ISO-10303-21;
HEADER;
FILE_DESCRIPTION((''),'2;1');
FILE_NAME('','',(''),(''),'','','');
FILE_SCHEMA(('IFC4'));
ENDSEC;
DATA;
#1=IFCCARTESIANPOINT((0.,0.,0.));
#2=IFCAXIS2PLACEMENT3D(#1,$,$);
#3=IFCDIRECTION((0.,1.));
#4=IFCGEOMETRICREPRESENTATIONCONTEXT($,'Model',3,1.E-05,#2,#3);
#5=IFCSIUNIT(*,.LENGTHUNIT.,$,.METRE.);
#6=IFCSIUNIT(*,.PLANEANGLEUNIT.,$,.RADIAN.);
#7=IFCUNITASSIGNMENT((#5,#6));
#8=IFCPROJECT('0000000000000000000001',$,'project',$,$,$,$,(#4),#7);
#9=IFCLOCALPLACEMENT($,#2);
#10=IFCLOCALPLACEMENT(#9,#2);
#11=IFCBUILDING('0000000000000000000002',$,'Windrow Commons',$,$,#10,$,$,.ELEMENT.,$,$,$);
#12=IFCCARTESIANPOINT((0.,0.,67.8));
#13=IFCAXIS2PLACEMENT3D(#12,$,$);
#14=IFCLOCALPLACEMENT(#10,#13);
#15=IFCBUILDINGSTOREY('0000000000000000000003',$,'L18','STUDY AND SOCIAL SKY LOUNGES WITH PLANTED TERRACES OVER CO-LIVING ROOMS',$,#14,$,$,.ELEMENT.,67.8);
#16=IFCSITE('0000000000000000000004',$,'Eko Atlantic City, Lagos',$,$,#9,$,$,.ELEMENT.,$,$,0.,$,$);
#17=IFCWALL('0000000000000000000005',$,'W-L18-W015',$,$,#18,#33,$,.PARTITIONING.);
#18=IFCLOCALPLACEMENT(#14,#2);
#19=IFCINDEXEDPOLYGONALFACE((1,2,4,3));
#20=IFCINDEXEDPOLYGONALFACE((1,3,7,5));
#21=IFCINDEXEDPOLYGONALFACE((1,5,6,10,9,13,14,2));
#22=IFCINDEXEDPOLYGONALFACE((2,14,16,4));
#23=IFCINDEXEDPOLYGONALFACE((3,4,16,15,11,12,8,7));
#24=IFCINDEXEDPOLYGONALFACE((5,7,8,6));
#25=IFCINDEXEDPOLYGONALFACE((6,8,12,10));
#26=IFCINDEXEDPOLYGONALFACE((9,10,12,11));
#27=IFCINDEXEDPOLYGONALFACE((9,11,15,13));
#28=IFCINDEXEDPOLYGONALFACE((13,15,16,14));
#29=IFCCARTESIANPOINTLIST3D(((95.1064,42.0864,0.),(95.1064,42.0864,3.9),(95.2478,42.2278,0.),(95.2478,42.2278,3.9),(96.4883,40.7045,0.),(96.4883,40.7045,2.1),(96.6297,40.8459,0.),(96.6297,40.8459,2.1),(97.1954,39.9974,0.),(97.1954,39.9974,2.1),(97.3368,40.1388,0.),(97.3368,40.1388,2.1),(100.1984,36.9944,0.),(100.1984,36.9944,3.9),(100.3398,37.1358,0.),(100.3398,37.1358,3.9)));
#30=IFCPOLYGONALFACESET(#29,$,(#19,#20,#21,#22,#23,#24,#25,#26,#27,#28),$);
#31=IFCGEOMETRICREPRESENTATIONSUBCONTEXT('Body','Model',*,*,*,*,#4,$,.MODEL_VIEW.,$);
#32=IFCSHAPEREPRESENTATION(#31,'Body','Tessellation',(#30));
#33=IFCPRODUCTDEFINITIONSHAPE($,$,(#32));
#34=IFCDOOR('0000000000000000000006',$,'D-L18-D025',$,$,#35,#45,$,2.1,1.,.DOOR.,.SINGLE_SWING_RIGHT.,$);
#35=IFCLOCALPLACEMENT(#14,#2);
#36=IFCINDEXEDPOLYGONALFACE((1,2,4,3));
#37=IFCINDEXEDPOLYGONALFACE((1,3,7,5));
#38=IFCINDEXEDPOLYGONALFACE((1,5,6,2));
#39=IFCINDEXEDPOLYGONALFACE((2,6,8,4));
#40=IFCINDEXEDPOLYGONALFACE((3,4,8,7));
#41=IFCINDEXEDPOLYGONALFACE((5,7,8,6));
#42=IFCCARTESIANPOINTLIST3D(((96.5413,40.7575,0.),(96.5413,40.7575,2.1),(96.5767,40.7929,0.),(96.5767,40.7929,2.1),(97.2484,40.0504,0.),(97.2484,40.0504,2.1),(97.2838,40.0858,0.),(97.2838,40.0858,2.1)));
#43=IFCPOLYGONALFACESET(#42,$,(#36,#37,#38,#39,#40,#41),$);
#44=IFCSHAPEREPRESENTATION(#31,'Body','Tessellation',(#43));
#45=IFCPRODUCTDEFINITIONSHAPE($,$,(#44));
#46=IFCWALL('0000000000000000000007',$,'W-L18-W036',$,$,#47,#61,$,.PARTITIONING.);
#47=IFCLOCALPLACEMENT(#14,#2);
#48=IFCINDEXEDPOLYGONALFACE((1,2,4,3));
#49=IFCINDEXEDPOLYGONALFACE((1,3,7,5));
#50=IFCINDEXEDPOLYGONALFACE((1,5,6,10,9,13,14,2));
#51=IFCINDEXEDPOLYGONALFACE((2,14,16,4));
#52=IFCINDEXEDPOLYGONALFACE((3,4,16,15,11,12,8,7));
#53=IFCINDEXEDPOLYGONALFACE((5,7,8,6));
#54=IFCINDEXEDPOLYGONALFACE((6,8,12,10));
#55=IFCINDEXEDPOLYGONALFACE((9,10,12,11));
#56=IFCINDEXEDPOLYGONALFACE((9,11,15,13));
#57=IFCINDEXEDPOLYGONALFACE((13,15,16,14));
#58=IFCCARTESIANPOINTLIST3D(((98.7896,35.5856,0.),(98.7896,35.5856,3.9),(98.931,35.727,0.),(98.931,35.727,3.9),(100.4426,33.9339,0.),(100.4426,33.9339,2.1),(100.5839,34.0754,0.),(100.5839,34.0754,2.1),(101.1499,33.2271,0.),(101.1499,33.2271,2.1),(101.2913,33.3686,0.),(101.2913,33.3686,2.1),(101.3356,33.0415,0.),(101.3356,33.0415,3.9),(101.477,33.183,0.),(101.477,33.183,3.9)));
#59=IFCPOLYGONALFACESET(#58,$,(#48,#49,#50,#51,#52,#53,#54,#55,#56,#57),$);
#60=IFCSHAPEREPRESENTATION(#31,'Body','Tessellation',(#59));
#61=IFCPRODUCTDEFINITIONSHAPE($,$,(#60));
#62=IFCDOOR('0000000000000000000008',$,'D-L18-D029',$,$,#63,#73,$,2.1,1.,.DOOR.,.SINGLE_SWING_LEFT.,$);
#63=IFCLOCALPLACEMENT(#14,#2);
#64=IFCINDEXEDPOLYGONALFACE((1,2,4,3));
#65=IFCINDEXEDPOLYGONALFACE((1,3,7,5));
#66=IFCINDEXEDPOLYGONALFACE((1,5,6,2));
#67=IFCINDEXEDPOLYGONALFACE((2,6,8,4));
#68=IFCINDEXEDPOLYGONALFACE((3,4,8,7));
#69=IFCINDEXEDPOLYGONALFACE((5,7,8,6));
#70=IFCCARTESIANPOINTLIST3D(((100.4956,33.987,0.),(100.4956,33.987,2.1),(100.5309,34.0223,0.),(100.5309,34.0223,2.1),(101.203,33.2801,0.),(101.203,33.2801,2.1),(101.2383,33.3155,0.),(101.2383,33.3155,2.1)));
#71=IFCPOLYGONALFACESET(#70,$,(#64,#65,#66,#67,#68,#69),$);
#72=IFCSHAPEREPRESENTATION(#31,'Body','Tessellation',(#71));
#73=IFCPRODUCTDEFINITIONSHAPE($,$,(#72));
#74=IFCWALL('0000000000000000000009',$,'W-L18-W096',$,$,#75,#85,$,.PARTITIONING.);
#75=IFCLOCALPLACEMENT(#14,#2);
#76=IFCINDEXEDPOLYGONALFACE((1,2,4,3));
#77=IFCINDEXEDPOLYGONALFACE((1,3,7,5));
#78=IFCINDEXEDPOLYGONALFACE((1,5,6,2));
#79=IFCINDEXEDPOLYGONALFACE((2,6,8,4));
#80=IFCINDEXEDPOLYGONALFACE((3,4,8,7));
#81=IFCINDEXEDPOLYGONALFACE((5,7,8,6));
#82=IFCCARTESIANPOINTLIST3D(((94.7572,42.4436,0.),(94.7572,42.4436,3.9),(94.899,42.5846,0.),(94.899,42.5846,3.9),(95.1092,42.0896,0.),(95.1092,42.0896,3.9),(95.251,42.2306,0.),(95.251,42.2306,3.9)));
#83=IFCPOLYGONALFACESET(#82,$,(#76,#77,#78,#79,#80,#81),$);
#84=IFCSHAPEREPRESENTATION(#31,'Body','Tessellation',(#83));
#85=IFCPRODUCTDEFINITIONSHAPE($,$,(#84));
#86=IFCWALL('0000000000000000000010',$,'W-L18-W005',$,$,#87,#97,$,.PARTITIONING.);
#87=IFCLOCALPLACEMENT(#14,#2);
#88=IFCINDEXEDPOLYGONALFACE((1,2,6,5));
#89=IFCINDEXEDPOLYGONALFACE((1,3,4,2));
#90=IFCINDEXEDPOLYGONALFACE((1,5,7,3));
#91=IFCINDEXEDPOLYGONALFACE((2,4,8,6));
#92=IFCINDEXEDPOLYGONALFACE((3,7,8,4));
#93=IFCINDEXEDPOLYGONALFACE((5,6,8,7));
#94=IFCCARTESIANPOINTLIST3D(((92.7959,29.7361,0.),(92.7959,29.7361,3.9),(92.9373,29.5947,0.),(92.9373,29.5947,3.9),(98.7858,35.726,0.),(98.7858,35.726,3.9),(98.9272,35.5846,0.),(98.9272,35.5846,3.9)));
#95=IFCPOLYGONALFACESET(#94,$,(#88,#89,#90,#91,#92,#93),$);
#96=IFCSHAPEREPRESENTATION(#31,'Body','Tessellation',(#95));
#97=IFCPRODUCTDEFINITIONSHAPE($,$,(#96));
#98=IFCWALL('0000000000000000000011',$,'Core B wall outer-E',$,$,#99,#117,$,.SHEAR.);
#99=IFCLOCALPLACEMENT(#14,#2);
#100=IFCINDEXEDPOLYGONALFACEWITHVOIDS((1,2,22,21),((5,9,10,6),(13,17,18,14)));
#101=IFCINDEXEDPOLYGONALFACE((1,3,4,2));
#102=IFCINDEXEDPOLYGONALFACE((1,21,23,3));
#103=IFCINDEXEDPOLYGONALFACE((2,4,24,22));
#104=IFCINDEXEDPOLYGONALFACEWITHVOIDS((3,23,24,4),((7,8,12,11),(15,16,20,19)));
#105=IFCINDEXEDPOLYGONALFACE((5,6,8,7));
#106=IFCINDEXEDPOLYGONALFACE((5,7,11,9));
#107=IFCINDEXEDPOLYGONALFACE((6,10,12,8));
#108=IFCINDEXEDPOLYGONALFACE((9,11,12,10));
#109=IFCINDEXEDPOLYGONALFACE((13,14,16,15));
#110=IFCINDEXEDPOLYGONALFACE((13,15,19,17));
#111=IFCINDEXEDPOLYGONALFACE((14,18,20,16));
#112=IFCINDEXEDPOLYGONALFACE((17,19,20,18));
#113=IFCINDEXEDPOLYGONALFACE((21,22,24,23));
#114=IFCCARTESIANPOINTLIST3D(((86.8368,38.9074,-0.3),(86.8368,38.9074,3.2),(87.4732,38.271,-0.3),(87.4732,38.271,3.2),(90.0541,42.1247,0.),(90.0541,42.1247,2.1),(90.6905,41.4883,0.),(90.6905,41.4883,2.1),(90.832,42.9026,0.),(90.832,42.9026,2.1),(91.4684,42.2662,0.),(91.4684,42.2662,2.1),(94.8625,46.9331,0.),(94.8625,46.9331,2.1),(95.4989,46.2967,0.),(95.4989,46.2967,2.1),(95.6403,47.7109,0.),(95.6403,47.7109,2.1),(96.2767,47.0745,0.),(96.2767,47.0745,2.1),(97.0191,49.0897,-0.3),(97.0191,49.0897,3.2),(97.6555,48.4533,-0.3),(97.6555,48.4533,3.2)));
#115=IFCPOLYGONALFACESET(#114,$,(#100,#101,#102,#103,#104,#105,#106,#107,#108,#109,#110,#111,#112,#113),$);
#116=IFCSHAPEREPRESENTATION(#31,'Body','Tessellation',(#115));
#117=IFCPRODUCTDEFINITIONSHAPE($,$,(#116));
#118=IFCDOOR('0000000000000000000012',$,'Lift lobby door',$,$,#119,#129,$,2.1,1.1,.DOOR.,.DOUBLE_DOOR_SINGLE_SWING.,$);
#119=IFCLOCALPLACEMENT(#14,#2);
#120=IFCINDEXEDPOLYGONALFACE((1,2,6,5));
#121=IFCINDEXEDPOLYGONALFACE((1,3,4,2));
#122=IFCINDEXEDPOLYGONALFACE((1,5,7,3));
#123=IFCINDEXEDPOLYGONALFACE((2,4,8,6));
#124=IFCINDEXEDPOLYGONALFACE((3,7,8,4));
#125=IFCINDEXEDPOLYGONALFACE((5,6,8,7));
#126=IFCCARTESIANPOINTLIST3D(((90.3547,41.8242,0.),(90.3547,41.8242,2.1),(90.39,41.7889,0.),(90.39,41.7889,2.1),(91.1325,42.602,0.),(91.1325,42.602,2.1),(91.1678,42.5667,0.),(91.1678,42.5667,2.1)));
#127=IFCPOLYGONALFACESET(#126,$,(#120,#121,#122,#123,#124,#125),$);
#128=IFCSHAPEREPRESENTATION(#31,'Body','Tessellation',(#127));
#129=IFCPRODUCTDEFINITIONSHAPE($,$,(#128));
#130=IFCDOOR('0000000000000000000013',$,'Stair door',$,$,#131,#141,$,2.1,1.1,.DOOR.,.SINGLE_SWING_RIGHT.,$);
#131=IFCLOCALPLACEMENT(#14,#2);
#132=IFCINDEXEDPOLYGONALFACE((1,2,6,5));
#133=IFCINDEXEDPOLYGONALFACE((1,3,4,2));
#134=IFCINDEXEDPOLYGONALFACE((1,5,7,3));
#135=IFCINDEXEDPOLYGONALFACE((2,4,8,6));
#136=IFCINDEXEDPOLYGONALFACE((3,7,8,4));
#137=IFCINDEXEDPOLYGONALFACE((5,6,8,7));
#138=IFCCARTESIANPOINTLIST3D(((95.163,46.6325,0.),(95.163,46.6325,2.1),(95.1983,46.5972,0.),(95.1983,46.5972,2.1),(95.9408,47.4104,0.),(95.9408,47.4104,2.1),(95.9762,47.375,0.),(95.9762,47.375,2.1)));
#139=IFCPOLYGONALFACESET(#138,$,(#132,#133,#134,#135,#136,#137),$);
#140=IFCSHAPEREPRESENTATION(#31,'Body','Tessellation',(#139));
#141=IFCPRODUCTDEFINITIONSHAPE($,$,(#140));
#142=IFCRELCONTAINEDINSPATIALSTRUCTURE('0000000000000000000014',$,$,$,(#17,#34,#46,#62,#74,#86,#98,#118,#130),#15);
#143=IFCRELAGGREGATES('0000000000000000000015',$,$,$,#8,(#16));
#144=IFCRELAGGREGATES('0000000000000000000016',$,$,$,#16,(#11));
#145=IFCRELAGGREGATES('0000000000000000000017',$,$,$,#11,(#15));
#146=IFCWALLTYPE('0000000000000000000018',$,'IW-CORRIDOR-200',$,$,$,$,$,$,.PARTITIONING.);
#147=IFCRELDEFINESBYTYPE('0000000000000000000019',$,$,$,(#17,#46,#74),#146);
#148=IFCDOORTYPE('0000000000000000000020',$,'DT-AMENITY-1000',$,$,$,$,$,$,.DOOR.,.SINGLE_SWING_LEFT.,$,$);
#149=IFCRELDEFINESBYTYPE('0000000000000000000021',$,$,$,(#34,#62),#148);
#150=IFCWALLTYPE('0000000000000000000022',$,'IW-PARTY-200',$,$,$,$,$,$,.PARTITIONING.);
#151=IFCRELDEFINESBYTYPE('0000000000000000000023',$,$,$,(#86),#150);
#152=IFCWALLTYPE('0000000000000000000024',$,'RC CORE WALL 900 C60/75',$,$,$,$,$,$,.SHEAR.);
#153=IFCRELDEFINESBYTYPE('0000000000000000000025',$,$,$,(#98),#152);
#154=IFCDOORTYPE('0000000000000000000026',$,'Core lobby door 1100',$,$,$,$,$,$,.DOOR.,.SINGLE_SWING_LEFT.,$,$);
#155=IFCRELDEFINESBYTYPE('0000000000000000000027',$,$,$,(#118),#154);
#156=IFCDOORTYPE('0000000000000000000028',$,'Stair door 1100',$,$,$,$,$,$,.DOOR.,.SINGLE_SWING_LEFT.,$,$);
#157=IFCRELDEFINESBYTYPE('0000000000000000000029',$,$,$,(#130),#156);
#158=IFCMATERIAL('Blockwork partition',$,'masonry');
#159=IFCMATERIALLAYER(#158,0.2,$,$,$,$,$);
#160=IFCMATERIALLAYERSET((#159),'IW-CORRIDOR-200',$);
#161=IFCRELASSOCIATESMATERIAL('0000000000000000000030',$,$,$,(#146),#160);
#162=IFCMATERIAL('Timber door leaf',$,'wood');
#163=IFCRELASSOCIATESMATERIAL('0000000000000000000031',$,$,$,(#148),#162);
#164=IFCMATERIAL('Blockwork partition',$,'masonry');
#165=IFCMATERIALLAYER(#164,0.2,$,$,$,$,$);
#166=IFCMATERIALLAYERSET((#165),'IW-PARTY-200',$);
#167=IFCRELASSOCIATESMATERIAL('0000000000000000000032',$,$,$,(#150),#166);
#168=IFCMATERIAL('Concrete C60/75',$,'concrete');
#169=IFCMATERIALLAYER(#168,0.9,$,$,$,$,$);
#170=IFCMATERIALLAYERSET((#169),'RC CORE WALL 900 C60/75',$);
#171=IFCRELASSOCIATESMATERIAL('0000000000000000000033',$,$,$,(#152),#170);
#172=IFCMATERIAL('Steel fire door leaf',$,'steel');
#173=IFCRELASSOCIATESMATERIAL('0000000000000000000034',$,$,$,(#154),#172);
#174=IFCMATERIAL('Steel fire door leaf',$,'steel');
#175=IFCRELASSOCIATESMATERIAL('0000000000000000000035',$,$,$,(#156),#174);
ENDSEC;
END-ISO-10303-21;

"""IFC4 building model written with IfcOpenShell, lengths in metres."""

from ifc_helpers import new_model, si_unit, direction, frame, frame_2d, origin, place, context, subcontext, project, spatial, rectangle, extrude, material, layer, layer_set, type_object, element, fill, save


model = new_model("IFC4")

# Units and contexts
model_context = context("Model", 3, precision=1e-05, world=origin(), true_north=direction((0.0, 1.0)))
body_context = subcontext(model_context, "Body", "Model", "MODEL_VIEW")
ifc_project = project(units=[si_unit("LENGTHUNIT", "METRE"), si_unit("PLANEANGLEUNIT", "RADIAN")], contexts=[model_context])

# Site, building, storey
site_placement = place(None, origin())
site = spatial("IfcSite", under=ifc_project, at=site_placement, Name="Eko Atlantic City, Lagos", CompositionType="ELEMENT", RefElevation=0.0)
building_placement = place(site_placement, origin())
building = spatial("IfcBuilding", under=site, at=building_placement, Name="Windrow Commons", CompositionType="ELEMENT")
storey_placement = place(building_placement, frame((0.0, 0.0, 67.8)))
storey = spatial("IfcBuildingStorey", under=building, at=storey_placement, Name="L18", Description="STUDY AND SOCIAL SKY LOUNGES WITH PLANTED TERRACES OVER CO-LIVING ROOMS", CompositionType="ELEMENT", Elevation=67.8)

# Shared definitions
ifc_material_1 = material(Name="Blockwork partition", Category="masonry")
ifc_layer_1 = layer(ifc_material_1, 0.2)
ifc_layer_set_1 = layer_set([ifc_layer_1], Name="IW-CORRIDOR-200")
wall_type_1 = type_object("IfcWallType", Name="IW-CORRIDOR-200", PredefinedType="PARTITIONING", material=ifc_layer_set_1)

# Walls, openings, doors
ifc_material_2 = material(Name="Timber door leaf", Category="wood")
door_type_1 = type_object("IfcDoorType", Name="DT-AMENITY-1000", OperationType="SINGLE_SWING_LEFT", PredefinedType="DOOR", material=ifc_material_2)
wall_1_placement = place(storey_placement, frame((95.1771, 42.1571, 0.0), z_axis=(0.0, 0.0, 1.0), x_axis=(0.707107, -0.707107, 0.0)))
wall_1 = element("IfcWall", 1, at=wall_1_placement, inside=storey, type_object=wall_type_1, Name="W-L18-W015", PredefinedType="PARTITIONING", context=body_context, shape_type="SweptSolid", body=[
    extrude(rectangle(XDim=7.2012, YDim=0.2, at=frame_2d((3.6006, 0.0))), origin(), (0.0, 0.0, 1.0), 3.9),
])
opening_1_placement = place(wall_1_placement, frame((1.9543, 0.0, 0.0)))
opening_1 = element("IfcOpeningElement", 2, at=opening_1_placement, cuts=wall_1, PredefinedType="OPENING", context=body_context, shape_type="SweptSolid", body=[
    extrude(rectangle(XDim=1.0, YDim=2.1, at=frame_2d((0.5, 1.05))), frame((0.0, 0.11, 0.0), z_axis=(0.0, -1.0, 0.0), x_axis=(1.0, 0.0, 0.0)), (0.0, 0.0, 1.0), 0.22),
])
door_1_placement = place(opening_1_placement, origin())
door_1 = element("IfcDoor", 3, at=door_1_placement, inside=storey, type_object=door_type_1, Name="D-L18-D025", OperationType="SINGLE_SWING_RIGHT", OverallHeight=2.1, OverallWidth=1.0, PredefinedType="DOOR", context=body_context, shape_type="SweptSolid", body=[
    extrude(rectangle(XDim=1.0, YDim=2.1, at=frame_2d((0.5, 1.05))), frame((0.0, 0.025, 0.0), z_axis=(0.0, -1.0, 0.0), x_axis=(1.0, 0.0, 0.0)), (0.0, 0.0, 1.0), 0.05),
])
fill(opening_1, door_1)
wall_2_placement = place(storey_placement, frame((98.8603, 35.6563, 0.0), z_axis=(0.0, 0.0, 1.0), x_axis=(0.707385, -0.706829, 0.0)))
wall_2 = element("IfcWall", 4, at=wall_2_placement, inside=storey, type_object=wall_type_1, Name="W-L18-W036", PredefinedType="PARTITIONING", context=body_context, shape_type="SweptSolid", body=[
    extrude(rectangle(XDim=3.5992, YDim=0.2, at=frame_2d((1.7996, 0.0))), origin(), (0.0, 0.0, 1.0), 3.9),
])
opening_2_placement = place(wall_2_placement, frame((2.3367, 0.0, 0.0)))
opening_2 = element("IfcOpeningElement", 5, at=opening_2_placement, cuts=wall_2, PredefinedType="OPENING", context=body_context, shape_type="SweptSolid", body=[
    extrude(rectangle(XDim=1.0, YDim=2.1, at=frame_2d((0.5, 1.05))), frame((0.0, 0.11, 0.0), z_axis=(0.0, -1.0, 0.0), x_axis=(1.0, 0.0, 0.0)), (0.0, 0.0, 1.0), 0.22),
])
door_2_placement = place(opening_2_placement, origin())
door_2 = element("IfcDoor", 6, at=door_2_placement, inside=storey, type_object=door_type_1, Name="D-L18-D029", OperationType="SINGLE_SWING_LEFT", OverallHeight=2.1, OverallWidth=1.0, PredefinedType="DOOR", context=body_context, shape_type="SweptSolid", body=[
    extrude(rectangle(XDim=1.0, YDim=2.1, at=frame_2d((0.5, 1.05))), frame((0.0, 0.025, 0.0), z_axis=(0.0, -1.0, 0.0), x_axis=(1.0, 0.0, 0.0)), (0.0, 0.0, 1.0), 0.05),
])
fill(opening_2, door_2)

# Walls
wall_3_placement = place(storey_placement, frame((94.8281, 42.5141, 0.0), z_axis=(0.0, 0.0, 1.0), x_axis=(0.705101, -0.709107, 0.0)))
element("IfcWall", 7, at=wall_3_placement, inside=storey, type_object=wall_type_1, Name="W-L18-W096", PredefinedType="PARTITIONING", context=body_context, shape_type="SweptSolid", body=[
    extrude(rectangle(XDim=0.4992, YDim=0.2, at=frame_2d((0.2496, 0.0))), origin(), (0.0, 0.0, 1.0), 3.9),
])
ifc_material_3 = material(Name="Blockwork partition", Category="masonry")
ifc_layer_2 = layer(ifc_material_3, 0.2)
ifc_layer_set_2 = layer_set([ifc_layer_2], Name="IW-PARTY-200")
wall_type_2 = type_object("IfcWallType", Name="IW-PARTY-200", PredefinedType="PARTITIONING", material=ifc_layer_set_2)
wall_4_placement = place(storey_placement, frame((92.8666, 29.6654, 0.0), z_axis=(0.0, 0.0, 1.0), x_axis=(0.707107, 0.707107, 0.0)))
element("IfcWall", 8, at=wall_4_placement, inside=storey, type_object=wall_type_2, Name="W-L18-W005", PredefinedType="PARTITIONING", context=body_context, shape_type="SweptSolid", body=[
    extrude(rectangle(XDim=8.4711, YDim=0.2, at=frame_2d((4.2355, 0.0))), origin(), (0.0, 0.0, 1.0), 3.9),
])

# Wall, openings, doors
ifc_material_4 = material(Name="Concrete C60/75", Category="concrete")
ifc_layer_3 = layer(ifc_material_4, 0.9)
ifc_layer_set_3 = layer_set([ifc_layer_3], Name="RC CORE WALL 900 C60/75")
wall_type_3 = type_object("IfcWallType", Name="RC CORE WALL 900 C60/75", PredefinedType="SHEAR", material=ifc_layer_set_3)
wall_5_placement = place(storey_placement, frame((87.155, 38.5892, -0.3), z_axis=(0.0, 0.0, 1.0), x_axis=(0.707107, 0.707107, 0.0)))
wall_5 = element("IfcWall", 9, at=wall_5_placement, inside=storey, type_object=wall_type_3, Name="Core B wall outer-E", PredefinedType="SHEAR", context=body_context, shape_type="SweptSolid", body=[
    extrude(rectangle(XDim=14.3999, YDim=0.9, at=frame_2d((7.2, 0.0))), origin(), (0.0, 0.0, 1.0), 3.5),
])
opening_3_placement = place(wall_5_placement, frame((4.55, 0.0, 0.3)))
opening_3 = element("IfcOpeningElement", 10, at=opening_3_placement, cuts=wall_5, PredefinedType="OPENING", context=body_context, shape_type="SweptSolid", body=[
    extrude(rectangle(XDim=1.1, YDim=2.1, at=frame_2d((0.55, 1.05))), frame((0.0, 0.46, 0.0), z_axis=(0.0, -1.0, 0.0), x_axis=(1.0, 0.0, 0.0)), (0.0, 0.0, 1.0), 0.92),
])
opening_4_placement = place(wall_5_placement, frame((11.35, 0.0, 0.3)))
opening_4 = element("IfcOpeningElement", 11, at=opening_4_placement, cuts=wall_5, PredefinedType="OPENING", context=body_context, shape_type="SweptSolid", body=[
    extrude(rectangle(XDim=1.1, YDim=2.1, at=frame_2d((0.55, 1.05))), frame((0.0, 0.46, 0.0), z_axis=(0.0, -1.0, 0.0), x_axis=(1.0, 0.0, 0.0)), (0.0, 0.0, 1.0), 0.92),
])
ifc_material_5 = material(Name="Steel fire door leaf", Category="steel")
door_type_2 = type_object("IfcDoorType", Name="Core lobby door 1100", OperationType="SINGLE_SWING_LEFT", PredefinedType="DOOR", material=ifc_material_5)
door_3_placement = place(opening_3_placement, origin())
door_3 = element("IfcDoor", 12, at=door_3_placement, inside=storey, type_object=door_type_2, Name="Lift lobby door", OperationType="DOUBLE_DOOR_SINGLE_SWING", OverallHeight=2.1, OverallWidth=1.1, PredefinedType="DOOR", context=body_context, shape_type="SweptSolid", body=[
    extrude(rectangle(XDim=1.1, YDim=2.1, at=frame_2d((0.55, 1.05))), frame((0.0, 0.025, 0.0), z_axis=(0.0, -1.0, 0.0), x_axis=(1.0, 0.0, 0.0)), (0.0, 0.0, 1.0), 0.05),
])
fill(opening_3, door_3)
ifc_material_6 = material(Name="Steel fire door leaf", Category="steel")
door_type_3 = type_object("IfcDoorType", Name="Stair door 1100", OperationType="SINGLE_SWING_LEFT", PredefinedType="DOOR", material=ifc_material_6)
door_4_placement = place(opening_4_placement, origin())
door_4 = element("IfcDoor", 13, at=door_4_placement, inside=storey, type_object=door_type_3, Name="Stair door", OperationType="SINGLE_SWING_RIGHT", OverallHeight=2.1, OverallWidth=1.1, PredefinedType="DOOR", context=body_context, shape_type="SweptSolid", body=[
    extrude(rectangle(XDim=1.1, YDim=2.1, at=frame_2d((0.55, 1.05))), frame((0.0, 0.025, 0.0), z_axis=(0.0, -1.0, 0.0), x_axis=(1.0, 0.0, 0.0)), (0.0, 0.0, 1.0), 0.05),
])
fill(opening_4, door_4)

save(model, "model.ifc")
